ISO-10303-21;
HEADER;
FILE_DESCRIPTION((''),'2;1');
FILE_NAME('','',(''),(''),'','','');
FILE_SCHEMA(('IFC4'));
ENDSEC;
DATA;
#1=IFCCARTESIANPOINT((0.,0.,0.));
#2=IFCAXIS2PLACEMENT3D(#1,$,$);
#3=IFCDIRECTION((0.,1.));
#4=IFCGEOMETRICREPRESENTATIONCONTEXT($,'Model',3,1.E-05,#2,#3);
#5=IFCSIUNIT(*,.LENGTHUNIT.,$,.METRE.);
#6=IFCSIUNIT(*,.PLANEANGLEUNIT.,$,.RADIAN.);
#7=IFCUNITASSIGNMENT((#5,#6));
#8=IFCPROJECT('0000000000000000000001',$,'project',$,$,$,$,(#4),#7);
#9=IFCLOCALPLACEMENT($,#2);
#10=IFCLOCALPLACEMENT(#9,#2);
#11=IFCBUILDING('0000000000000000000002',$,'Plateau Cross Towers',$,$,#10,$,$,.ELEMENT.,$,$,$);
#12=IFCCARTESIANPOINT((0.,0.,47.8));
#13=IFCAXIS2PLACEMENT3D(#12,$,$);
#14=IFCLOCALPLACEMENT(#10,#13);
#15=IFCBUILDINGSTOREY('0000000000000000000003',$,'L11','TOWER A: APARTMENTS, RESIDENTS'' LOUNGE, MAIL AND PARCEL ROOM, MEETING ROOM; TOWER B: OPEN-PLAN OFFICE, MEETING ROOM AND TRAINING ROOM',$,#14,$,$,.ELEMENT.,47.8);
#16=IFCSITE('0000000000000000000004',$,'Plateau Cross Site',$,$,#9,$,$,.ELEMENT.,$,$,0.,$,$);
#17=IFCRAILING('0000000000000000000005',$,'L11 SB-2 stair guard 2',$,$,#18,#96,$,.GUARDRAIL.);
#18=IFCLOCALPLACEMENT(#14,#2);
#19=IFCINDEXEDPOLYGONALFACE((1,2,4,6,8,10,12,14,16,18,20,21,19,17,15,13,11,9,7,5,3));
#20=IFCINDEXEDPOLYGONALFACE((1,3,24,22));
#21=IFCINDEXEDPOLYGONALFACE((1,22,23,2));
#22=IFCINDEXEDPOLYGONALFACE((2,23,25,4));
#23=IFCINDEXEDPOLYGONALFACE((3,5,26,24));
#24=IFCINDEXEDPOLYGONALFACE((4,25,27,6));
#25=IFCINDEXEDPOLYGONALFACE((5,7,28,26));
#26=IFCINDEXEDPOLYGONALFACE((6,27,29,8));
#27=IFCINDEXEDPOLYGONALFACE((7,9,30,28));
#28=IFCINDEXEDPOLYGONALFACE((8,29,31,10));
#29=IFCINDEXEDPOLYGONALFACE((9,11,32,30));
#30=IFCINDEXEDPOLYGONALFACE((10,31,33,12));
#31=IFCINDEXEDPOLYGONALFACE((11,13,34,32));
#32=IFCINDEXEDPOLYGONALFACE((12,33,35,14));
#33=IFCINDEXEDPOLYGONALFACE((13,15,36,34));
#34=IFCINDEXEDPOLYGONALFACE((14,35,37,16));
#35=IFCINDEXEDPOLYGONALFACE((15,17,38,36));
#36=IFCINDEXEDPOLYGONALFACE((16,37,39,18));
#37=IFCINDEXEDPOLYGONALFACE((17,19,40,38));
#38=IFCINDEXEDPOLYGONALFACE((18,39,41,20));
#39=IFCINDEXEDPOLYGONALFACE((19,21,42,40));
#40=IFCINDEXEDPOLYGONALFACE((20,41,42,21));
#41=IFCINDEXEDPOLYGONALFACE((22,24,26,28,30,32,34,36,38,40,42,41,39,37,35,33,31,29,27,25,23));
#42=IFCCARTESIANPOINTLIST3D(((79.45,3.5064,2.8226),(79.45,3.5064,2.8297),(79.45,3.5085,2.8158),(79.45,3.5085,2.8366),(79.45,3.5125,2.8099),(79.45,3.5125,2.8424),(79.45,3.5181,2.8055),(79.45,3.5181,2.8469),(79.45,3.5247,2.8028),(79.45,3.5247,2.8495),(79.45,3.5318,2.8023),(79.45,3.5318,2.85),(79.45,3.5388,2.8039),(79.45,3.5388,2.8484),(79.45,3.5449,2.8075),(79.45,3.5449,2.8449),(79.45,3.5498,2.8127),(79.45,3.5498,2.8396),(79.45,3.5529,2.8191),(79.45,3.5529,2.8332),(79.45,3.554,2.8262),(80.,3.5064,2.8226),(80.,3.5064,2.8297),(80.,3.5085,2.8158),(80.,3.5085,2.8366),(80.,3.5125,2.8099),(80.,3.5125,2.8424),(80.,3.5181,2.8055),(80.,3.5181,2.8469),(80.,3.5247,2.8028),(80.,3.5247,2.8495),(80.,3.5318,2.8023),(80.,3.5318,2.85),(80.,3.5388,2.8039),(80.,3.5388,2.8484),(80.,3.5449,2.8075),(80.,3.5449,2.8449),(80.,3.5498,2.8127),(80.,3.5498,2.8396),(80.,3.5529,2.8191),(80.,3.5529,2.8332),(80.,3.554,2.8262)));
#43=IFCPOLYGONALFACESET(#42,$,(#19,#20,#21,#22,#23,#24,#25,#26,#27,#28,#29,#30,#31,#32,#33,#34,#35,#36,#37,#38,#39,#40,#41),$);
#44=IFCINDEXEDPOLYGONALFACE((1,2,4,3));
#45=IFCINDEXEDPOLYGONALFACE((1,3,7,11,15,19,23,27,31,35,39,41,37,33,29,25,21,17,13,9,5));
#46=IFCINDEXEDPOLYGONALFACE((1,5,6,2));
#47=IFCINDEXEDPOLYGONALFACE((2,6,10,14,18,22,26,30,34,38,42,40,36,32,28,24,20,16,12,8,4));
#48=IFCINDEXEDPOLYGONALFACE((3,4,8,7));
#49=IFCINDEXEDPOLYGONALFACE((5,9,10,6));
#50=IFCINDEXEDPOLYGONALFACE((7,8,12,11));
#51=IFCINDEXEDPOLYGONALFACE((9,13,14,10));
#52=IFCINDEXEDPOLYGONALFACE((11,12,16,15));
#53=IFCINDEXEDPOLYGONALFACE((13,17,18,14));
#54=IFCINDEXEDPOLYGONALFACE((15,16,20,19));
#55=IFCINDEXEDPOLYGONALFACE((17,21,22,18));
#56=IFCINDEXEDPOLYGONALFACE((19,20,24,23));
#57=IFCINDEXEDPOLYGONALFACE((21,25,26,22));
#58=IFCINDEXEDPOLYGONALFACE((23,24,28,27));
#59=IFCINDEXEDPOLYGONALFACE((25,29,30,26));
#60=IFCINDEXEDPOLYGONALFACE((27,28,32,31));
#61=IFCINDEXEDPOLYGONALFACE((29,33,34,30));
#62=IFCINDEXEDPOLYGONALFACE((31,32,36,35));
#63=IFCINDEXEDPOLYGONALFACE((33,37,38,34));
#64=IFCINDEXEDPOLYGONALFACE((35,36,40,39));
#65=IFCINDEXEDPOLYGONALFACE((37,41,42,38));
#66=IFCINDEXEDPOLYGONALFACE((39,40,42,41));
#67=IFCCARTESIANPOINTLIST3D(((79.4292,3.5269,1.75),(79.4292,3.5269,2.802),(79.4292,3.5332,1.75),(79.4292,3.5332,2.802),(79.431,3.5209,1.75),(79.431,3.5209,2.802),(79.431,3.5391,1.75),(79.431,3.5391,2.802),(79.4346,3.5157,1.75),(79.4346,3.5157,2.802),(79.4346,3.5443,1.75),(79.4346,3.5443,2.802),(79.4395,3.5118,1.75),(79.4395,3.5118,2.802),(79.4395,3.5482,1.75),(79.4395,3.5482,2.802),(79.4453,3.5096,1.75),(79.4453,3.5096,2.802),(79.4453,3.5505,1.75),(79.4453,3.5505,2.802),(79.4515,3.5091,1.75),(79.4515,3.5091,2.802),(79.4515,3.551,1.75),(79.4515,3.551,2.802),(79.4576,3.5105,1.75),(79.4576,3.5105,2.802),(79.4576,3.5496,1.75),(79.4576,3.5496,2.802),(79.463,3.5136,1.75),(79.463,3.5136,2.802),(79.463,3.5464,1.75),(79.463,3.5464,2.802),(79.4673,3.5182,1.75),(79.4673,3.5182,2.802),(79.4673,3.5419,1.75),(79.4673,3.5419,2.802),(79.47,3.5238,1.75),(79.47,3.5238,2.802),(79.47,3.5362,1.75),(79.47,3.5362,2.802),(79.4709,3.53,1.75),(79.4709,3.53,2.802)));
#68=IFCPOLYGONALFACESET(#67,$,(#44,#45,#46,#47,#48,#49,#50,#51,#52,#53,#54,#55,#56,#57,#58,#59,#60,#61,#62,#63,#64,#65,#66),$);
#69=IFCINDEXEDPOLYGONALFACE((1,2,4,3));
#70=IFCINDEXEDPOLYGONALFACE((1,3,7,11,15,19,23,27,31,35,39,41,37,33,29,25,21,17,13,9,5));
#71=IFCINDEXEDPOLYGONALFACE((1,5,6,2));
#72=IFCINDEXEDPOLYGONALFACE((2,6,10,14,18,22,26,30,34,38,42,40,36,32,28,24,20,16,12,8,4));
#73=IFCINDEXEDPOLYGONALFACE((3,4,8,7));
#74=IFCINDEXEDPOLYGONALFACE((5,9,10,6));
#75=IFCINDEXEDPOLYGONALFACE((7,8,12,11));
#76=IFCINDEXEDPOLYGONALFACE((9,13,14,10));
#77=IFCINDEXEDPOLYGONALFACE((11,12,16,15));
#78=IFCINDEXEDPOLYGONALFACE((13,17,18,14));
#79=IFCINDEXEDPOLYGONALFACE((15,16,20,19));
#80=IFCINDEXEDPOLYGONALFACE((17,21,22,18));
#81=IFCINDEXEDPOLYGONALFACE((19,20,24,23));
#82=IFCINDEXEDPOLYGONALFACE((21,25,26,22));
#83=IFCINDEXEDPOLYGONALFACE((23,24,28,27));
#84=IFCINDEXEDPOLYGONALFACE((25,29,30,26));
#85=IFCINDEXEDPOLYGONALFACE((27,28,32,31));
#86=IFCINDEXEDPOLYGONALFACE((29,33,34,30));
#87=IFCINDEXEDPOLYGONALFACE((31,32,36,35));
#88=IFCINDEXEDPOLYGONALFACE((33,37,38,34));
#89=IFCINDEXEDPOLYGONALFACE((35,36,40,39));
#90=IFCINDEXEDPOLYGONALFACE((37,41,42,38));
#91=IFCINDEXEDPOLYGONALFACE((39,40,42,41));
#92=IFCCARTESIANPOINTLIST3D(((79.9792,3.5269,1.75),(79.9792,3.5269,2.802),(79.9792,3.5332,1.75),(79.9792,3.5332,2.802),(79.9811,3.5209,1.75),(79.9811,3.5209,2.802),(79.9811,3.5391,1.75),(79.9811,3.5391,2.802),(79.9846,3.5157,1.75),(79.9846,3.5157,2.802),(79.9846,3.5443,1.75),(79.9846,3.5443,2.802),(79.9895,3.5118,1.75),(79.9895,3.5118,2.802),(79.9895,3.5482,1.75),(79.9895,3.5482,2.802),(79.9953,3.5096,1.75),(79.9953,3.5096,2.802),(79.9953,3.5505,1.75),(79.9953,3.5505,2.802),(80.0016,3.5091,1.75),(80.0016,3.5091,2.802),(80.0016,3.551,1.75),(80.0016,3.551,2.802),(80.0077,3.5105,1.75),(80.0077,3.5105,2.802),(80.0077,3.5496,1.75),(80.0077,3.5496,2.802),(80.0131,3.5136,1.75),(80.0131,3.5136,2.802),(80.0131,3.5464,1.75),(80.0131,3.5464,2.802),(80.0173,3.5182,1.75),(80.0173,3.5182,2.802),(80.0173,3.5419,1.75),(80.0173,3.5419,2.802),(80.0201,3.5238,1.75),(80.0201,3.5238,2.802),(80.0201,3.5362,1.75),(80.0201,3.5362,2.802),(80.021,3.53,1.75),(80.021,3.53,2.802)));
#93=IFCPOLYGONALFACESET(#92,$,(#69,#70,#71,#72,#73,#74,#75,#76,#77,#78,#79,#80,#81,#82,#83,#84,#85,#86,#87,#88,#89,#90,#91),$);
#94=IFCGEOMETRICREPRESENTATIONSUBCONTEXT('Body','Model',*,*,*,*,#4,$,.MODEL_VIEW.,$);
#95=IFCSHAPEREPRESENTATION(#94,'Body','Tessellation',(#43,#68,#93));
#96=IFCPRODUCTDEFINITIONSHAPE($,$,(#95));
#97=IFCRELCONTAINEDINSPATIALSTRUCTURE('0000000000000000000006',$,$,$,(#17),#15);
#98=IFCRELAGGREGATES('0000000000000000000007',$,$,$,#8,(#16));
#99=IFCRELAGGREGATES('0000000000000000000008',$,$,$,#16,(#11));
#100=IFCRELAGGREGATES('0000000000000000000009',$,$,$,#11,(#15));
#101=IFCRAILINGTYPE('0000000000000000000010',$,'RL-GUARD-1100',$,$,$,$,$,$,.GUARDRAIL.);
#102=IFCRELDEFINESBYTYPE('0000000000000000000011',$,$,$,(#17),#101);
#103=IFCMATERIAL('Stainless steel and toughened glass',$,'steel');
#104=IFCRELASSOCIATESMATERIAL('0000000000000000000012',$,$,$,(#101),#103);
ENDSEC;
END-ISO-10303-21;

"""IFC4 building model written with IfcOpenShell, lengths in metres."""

from ifc_helpers import new_model, si_unit, direction, frame, origin, origin_2d, place, context, subcontext, project, spatial, circle, extrude, material, type_object, element, save


model = new_model("IFC4")

# Units and contexts
model_context = context("Model", 3, precision=1e-05, world=origin(), true_north=direction((0.0, 1.0)))
body_context = subcontext(model_context, "Body", "Model", "MODEL_VIEW")
ifc_project = project(units=[si_unit("LENGTHUNIT", "METRE"), si_unit("PLANEANGLEUNIT", "RADIAN")], contexts=[model_context])

# Site, building, storey
site_placement = place(None, origin())
site = spatial("IfcSite", under=ifc_project, at=site_placement, Name="Plateau Cross Site", CompositionType="ELEMENT", RefElevation=0.0)
building_placement = place(site_placement, origin())
building = spatial("IfcBuilding", under=site, at=building_placement, Name="Plateau Cross Towers", CompositionType="ELEMENT")
storey_placement = place(building_placement, frame((0.0, 0.0, 47.8)))
storey = spatial("IfcBuildingStorey", under=building, at=storey_placement, Name="L11", Description="TOWER A: APARTMENTS, RESIDENTS' LOUNGE, MAIL AND PARCEL ROOM, MEETING ROOM; TOWER B: OPEN-PLAN OFFICE, MEETING ROOM AND TRAINING ROOM", CompositionType="ELEMENT", Elevation=47.8)

# Railing
ifc_material_1 = material(Name="Stainless steel and toughened glass", Category="steel")
railing_type_1 = type_object("IfcRailingType", Name="RL-GUARD-1100", PredefinedType="GUARDRAIL", material=ifc_material_1)
railing_1_placement = place(storey_placement, frame((79.45, 3.53, 1.75)))
element("IfcRailing", 1, at=railing_1_placement, inside=storey, type_object=railing_type_1, Name="L11 SB-2 stair guard 2", PredefinedType="GUARDRAIL", context=body_context, shape_type="SweptSolid", body=[
    extrude(circle(Radius=0.0239, at=origin_2d()), frame((0.0, 0.0, 1.0762), z_axis=(1.0, 0.0, 0.0), x_axis=(0.0, 1.0, 0.0)), (0.0, 0.0, 1.0), 0.55),
    extrude(circle(Radius=0.021, at=origin_2d()), origin(), (0.0, 0.0, 1.0), 1.052),
    extrude(circle(Radius=0.021, at=origin_2d()), frame((0.55, 0.0, 0.0)), (0.0, 0.0, 1.0), 1.052),
])

save(model, "model.ifc")
